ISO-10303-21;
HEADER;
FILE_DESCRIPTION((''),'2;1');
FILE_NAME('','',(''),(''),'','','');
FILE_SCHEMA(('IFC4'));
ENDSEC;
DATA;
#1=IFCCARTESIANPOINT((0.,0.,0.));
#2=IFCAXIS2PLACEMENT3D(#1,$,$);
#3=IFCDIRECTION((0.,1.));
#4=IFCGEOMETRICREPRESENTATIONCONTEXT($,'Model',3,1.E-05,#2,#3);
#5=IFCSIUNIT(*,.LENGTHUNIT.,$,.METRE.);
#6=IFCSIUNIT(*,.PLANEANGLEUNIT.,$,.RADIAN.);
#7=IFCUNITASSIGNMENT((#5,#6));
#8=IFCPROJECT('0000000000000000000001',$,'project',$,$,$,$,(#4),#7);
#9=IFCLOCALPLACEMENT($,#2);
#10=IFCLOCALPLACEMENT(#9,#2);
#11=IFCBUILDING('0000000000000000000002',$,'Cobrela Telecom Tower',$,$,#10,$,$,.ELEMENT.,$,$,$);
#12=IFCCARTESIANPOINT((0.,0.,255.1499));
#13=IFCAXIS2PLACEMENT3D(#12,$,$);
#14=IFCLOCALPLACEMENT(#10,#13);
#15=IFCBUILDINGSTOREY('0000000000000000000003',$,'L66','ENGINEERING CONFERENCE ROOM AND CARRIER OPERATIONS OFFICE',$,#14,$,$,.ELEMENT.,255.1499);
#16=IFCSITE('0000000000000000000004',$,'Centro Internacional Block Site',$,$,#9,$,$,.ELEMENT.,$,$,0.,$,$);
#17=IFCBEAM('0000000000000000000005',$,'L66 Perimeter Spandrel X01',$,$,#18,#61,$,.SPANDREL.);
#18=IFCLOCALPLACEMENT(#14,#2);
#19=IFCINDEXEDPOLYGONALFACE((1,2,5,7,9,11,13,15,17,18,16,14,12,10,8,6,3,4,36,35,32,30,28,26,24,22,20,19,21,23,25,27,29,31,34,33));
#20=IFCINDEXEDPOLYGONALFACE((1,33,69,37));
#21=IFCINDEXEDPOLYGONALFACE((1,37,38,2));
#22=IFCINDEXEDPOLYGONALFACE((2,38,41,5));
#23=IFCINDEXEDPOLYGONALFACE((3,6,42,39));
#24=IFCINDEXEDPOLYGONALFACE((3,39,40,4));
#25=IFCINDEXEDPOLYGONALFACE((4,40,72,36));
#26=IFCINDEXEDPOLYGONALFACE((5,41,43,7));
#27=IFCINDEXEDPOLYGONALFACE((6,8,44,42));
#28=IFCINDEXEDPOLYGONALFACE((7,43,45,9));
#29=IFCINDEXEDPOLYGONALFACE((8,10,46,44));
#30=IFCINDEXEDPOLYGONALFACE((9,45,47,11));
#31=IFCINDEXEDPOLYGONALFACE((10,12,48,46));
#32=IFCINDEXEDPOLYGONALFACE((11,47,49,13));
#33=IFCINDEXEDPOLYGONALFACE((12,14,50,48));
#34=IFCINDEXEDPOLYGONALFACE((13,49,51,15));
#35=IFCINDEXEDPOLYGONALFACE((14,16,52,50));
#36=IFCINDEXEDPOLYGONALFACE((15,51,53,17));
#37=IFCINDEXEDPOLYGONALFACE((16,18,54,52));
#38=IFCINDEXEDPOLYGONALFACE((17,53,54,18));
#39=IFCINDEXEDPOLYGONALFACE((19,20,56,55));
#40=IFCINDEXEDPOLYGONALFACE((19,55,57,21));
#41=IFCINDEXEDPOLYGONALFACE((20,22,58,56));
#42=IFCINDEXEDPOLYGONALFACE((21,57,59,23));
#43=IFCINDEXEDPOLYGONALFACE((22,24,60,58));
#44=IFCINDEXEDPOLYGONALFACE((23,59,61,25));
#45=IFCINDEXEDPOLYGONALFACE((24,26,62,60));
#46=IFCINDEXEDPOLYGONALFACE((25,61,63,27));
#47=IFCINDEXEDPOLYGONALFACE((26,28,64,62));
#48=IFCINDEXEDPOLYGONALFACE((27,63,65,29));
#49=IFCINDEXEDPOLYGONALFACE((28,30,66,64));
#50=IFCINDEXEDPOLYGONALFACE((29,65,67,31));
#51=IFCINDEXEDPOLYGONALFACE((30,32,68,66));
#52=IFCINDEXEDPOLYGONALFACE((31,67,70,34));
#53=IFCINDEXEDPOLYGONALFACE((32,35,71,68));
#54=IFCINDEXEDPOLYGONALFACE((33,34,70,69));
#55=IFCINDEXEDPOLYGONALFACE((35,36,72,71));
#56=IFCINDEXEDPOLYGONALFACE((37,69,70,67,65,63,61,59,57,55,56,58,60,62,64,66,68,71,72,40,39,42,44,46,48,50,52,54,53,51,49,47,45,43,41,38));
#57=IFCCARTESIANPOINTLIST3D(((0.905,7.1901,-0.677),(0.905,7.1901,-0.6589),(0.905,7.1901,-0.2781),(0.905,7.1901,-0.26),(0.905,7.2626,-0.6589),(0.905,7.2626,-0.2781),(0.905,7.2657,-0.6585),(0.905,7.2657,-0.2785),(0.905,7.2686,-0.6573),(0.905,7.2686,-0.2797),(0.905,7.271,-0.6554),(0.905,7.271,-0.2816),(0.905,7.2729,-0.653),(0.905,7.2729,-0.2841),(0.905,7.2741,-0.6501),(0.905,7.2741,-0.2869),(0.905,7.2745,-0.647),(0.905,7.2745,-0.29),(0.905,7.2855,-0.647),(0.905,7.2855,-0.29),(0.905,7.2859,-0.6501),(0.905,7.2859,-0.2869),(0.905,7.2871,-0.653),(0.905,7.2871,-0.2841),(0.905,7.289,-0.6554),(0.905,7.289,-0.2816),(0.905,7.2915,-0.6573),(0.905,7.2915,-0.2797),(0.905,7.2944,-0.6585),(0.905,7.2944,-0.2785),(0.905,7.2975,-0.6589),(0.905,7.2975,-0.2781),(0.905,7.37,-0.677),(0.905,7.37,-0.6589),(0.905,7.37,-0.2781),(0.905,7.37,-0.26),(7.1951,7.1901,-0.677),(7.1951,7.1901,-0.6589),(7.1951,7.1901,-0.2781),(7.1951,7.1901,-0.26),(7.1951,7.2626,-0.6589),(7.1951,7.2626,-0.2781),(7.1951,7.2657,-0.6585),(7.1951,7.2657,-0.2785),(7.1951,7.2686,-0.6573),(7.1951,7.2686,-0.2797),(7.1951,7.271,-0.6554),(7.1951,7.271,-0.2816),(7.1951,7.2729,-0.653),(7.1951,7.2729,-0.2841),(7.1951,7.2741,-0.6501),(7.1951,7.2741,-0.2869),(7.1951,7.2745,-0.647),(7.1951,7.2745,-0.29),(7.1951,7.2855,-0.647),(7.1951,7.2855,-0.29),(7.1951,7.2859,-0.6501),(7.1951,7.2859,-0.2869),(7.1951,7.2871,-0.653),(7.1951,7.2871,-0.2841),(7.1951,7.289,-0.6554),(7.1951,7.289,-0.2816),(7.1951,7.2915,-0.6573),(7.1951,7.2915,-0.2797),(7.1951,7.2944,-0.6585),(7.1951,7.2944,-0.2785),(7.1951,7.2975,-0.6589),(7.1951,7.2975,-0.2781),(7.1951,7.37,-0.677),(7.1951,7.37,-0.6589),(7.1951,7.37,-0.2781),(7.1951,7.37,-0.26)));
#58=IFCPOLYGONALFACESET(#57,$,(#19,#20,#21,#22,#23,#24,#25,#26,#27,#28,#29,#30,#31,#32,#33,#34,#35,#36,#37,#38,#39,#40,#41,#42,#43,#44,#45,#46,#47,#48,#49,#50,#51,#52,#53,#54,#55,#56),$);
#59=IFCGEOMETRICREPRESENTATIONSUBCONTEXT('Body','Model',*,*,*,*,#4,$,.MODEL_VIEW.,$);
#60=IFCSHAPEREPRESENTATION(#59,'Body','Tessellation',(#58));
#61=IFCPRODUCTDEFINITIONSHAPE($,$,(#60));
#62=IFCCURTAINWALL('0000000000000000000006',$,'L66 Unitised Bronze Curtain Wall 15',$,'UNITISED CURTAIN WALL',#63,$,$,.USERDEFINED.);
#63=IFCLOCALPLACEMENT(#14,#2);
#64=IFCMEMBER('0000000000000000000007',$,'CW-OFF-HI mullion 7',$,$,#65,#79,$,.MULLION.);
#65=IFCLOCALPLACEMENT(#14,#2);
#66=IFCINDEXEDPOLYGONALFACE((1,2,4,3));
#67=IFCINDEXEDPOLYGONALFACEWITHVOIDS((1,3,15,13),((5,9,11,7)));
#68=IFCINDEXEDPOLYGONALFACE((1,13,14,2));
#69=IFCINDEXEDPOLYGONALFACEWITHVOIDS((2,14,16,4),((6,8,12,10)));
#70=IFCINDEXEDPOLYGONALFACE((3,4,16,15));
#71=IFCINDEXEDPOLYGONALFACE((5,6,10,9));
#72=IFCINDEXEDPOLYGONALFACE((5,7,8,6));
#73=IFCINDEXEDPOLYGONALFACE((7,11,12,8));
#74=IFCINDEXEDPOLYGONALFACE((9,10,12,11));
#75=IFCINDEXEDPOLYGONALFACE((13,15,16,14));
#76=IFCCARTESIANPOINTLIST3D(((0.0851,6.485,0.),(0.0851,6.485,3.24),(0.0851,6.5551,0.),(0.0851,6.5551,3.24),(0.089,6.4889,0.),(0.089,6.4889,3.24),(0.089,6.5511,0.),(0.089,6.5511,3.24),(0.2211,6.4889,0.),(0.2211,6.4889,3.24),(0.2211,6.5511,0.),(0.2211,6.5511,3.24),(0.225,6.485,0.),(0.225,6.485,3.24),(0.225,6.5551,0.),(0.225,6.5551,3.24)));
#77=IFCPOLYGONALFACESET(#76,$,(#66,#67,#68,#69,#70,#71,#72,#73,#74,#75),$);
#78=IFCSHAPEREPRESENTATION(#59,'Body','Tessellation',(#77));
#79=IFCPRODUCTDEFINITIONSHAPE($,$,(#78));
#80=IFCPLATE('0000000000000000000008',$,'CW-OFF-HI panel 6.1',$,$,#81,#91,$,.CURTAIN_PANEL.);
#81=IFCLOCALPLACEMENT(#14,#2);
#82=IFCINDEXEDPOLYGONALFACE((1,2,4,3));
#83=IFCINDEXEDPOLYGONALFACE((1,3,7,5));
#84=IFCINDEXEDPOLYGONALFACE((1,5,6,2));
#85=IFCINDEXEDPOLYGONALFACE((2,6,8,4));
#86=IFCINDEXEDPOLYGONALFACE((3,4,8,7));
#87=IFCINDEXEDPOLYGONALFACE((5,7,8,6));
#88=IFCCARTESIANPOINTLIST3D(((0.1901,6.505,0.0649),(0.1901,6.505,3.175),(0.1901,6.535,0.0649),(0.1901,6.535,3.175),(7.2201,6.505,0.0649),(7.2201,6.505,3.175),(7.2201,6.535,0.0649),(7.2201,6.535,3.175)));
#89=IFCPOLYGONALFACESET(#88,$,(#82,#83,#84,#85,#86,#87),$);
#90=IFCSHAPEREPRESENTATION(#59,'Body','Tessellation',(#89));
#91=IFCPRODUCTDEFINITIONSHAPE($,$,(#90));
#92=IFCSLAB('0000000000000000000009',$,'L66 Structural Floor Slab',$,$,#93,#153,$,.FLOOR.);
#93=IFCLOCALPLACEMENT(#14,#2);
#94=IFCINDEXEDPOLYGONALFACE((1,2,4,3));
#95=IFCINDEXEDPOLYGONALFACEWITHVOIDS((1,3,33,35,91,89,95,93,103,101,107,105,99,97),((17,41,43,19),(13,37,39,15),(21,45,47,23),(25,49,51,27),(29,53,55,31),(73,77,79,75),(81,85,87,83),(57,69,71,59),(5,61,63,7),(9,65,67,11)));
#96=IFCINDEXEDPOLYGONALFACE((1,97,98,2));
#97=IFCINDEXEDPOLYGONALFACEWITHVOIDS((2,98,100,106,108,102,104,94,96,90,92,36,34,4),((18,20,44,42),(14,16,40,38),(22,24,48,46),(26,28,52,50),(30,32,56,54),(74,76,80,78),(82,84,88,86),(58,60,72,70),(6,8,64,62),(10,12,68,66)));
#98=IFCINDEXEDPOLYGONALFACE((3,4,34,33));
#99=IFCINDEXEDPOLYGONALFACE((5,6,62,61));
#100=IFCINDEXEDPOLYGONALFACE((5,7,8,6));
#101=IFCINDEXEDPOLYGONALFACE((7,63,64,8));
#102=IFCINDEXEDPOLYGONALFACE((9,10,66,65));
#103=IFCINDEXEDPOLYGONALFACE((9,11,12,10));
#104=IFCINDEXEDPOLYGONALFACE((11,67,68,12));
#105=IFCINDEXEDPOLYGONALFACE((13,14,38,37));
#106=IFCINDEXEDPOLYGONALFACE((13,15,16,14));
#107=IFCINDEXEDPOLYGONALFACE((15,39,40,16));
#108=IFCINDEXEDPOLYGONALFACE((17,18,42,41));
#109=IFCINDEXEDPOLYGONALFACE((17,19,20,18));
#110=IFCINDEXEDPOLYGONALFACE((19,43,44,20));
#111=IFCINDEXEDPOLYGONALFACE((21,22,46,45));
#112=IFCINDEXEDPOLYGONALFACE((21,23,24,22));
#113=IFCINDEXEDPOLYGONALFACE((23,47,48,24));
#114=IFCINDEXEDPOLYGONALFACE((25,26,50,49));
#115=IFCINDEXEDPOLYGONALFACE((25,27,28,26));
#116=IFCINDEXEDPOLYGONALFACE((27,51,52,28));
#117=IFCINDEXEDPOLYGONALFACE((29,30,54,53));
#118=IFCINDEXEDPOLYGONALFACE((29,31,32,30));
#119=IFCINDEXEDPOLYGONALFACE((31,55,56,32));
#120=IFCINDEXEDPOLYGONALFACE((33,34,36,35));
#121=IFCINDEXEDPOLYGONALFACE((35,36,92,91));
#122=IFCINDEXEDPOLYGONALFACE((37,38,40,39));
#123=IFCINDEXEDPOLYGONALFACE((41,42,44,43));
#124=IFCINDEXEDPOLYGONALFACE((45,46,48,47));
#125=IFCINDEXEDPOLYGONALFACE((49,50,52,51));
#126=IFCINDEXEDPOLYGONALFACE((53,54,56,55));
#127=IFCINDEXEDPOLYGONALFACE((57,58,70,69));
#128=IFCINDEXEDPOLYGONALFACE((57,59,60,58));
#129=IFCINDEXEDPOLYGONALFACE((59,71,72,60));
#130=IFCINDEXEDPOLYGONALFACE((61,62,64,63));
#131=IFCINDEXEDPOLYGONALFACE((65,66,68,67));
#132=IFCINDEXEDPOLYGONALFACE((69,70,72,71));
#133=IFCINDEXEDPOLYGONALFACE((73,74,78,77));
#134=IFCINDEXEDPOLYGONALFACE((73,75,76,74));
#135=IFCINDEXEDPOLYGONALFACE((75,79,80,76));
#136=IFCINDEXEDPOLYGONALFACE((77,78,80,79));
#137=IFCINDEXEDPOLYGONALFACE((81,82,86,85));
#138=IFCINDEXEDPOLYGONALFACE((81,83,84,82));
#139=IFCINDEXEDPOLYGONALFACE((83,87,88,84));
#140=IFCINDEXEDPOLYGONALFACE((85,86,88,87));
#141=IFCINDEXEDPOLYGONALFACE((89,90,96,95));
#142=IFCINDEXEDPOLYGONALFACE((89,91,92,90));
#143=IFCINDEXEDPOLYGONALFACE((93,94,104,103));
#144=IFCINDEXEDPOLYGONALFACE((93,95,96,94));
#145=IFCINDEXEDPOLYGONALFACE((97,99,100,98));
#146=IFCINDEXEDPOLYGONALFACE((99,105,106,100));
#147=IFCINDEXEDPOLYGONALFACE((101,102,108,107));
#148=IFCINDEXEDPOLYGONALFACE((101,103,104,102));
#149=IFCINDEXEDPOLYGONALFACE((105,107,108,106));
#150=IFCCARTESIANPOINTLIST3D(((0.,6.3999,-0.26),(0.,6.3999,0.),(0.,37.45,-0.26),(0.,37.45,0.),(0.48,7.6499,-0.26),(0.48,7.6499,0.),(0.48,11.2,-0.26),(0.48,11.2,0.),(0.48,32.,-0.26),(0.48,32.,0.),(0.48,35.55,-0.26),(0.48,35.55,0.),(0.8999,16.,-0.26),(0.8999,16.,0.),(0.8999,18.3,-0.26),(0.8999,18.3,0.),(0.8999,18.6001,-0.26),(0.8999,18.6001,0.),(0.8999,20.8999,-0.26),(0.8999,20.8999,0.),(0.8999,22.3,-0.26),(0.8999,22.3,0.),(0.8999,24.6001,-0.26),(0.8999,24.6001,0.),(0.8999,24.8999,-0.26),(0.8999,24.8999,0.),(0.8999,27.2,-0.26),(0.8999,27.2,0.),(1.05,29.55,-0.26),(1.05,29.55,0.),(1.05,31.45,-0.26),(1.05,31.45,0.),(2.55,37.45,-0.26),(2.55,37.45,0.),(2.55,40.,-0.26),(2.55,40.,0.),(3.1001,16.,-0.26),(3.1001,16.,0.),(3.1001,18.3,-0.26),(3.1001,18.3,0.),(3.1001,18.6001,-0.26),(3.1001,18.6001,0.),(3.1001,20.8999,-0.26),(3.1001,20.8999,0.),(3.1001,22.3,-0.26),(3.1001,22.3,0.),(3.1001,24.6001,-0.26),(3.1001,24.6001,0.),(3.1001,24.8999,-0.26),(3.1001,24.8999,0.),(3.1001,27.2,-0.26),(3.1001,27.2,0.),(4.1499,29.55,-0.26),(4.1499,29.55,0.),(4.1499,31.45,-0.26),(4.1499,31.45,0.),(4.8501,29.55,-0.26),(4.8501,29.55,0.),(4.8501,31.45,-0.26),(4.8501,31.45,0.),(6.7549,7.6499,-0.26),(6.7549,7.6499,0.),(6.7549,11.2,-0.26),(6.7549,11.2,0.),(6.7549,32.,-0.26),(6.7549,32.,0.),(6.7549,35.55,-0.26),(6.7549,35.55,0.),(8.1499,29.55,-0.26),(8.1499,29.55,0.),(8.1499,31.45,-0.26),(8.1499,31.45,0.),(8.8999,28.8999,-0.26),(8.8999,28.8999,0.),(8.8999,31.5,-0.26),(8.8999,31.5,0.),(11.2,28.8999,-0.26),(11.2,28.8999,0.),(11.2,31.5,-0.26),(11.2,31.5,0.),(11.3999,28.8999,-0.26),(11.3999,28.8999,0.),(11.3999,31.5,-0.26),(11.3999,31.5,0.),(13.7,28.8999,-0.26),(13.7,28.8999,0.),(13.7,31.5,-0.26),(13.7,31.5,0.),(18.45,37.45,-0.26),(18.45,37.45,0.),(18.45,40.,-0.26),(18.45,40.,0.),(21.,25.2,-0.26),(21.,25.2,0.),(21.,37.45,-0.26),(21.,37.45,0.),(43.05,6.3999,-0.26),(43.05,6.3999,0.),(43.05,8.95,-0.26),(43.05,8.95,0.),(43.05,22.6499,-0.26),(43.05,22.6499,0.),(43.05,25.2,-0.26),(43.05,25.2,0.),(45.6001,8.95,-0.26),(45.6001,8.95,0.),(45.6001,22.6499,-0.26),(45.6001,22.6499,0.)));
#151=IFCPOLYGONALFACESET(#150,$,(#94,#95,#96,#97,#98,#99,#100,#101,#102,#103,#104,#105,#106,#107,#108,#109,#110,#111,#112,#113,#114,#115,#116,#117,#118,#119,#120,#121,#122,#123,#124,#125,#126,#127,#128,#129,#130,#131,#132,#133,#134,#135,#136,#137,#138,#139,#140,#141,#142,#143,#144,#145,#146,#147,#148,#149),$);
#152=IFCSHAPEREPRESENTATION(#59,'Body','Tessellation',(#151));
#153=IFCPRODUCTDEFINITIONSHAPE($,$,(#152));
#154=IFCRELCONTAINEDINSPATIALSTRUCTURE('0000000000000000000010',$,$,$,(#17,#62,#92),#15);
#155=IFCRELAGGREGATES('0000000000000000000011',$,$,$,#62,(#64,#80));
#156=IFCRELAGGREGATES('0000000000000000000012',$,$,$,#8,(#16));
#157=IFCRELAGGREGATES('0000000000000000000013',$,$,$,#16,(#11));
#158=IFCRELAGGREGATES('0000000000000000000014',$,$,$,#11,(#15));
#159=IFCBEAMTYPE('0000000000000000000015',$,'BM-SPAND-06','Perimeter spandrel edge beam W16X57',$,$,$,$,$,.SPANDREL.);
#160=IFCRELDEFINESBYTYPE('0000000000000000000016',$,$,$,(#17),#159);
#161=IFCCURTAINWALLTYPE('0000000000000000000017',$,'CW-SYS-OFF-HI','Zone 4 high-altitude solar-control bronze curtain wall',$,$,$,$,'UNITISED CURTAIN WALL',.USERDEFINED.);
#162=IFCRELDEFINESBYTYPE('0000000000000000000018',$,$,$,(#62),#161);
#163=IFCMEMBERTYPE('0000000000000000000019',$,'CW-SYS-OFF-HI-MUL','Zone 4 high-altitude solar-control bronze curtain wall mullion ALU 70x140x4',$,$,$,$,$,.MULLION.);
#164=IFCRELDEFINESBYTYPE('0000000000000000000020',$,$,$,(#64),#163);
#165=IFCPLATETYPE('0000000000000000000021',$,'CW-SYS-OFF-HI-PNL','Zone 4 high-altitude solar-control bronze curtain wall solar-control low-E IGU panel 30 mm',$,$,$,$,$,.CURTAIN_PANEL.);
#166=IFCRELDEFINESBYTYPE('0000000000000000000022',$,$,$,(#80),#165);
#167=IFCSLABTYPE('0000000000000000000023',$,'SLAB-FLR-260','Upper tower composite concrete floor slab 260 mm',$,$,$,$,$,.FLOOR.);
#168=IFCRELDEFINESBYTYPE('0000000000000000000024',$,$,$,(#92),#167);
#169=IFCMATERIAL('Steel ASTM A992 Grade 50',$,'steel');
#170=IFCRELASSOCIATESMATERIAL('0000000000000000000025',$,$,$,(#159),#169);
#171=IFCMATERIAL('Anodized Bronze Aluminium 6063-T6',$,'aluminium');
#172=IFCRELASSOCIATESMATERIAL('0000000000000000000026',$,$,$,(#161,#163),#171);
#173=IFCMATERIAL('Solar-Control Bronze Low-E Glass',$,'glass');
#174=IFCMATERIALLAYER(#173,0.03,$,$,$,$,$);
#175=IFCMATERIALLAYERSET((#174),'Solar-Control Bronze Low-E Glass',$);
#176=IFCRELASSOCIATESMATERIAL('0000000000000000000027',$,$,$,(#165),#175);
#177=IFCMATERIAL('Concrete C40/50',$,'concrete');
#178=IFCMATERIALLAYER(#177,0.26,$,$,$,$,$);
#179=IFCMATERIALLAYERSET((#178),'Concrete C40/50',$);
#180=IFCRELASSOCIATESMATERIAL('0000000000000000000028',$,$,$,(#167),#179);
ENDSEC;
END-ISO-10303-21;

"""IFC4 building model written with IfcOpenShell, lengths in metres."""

from ifc_helpers import new_model, si_unit, direction, frame, origin, origin_2d, place, context, subcontext, project, spatial, polyline, rectangle, hollow_rectangle, i_section, outline, extrude, material, layer, layer_set, material_profile, profile_set, type_object, element, aggregate, save


model = new_model("IFC4")

# Units and contexts
model_context = context("Model", 3, precision=1e-05, world=origin(), true_north=direction((0.0, 1.0)))
body_context = subcontext(model_context, "Body", "Model", "MODEL_VIEW")
ifc_project = project(units=[si_unit("LENGTHUNIT", "METRE"), si_unit("PLANEANGLEUNIT", "RADIAN")], contexts=[model_context])

# Site, building, storey
site_placement = place(None, origin())
site = spatial("IfcSite", under=ifc_project, at=site_placement, Name="Centro Internacional Block Site", CompositionType="ELEMENT", RefElevation=0.0)
building_placement = place(site_placement, origin())
building = spatial("IfcBuilding", under=site, at=building_placement, Name="Cobrela Telecom Tower", CompositionType="ELEMENT")
storey_placement = place(building_placement, frame((0.0, 0.0, 255.1499)))
storey = spatial("IfcBuildingStorey", under=building, at=storey_placement, Name="L66", Description="ENGINEERING CONFERENCE ROOM AND CARRIER OPERATIONS OFFICE", CompositionType="ELEMENT", Elevation=255.1499)

# Beam
ifc_material_1 = material(Name="Steel ASTM A992 Grade 50", Category="steel")
ifc_material_profile_1 = material_profile(ifc_material_1, i_section(OverallWidth=0.1799, OverallDepth=0.417, WebThickness=0.011, FlangeThickness=0.0181, FilletRadius=0.012, at=origin_2d()), Name="W16X57")
ifc_profile_set_1 = profile_set([ifc_material_profile_1], Name="Steel ASTM A992 Grade 50")
beam_type = type_object("IfcBeamType", Name="BM-SPAND-06", Description="Perimeter spandrel edge beam W16X57", PredefinedType="SPANDREL", material=ifc_profile_set_1)
beam_placement = place(storey_placement, frame((0.905, 7.28, -0.4685), z_axis=(1.0, 0.0, 0.0), x_axis=(0.0, 1.0, 0.0)))
element("IfcBeam", 1, at=beam_placement, inside=storey, type_object=beam_type, Name="L66 Perimeter Spandrel X01", PredefinedType="SPANDREL", context=body_context, shape_type="SweptSolid", body=[
    extrude(i_section(OverallWidth=0.1799, OverallDepth=0.417, WebThickness=0.011, FlangeThickness=0.0181, FilletRadius=0.012, at=origin_2d()), origin(), (0.0, 0.0, 1.0), 6.29),
])

# Curtain wall, member, plate
ifc_material_2 = material(Name="Anodized Bronze Aluminium 6063-T6", Category="aluminium")
curtain_wall_type = type_object("IfcCurtainWallType", Name="CW-SYS-OFF-HI", Description="Zone 4 high-altitude solar-control bronze curtain wall", ElementType="UNITISED CURTAIN WALL", PredefinedType="USERDEFINED", material=ifc_material_2)
curtain_wall_placement = place(storey_placement, origin())
curtain_wall = element("IfcCurtainWall", 2, at=curtain_wall_placement, inside=storey, type_object=curtain_wall_type, Name="L66 Unitised Bronze Curtain Wall 15", ObjectType="UNITISED CURTAIN WALL", PredefinedType="USERDEFINED")
ifc_material_profile_2 = material_profile(ifc_material_2, hollow_rectangle(XDim=0.0701, YDim=0.1399, WallThickness=0.0039, at=origin_2d()), Name="ALU 70x140x4")
ifc_profile_set_2 = profile_set([ifc_material_profile_2], Name="Anodized Bronze Aluminium 6063-T6")
member_type = type_object("IfcMemberType", Name="CW-SYS-OFF-HI-MUL", Description="Zone 4 high-altitude solar-control bronze curtain wall mullion ALU 70x140x4", PredefinedType="MULLION", material=ifc_profile_set_2)
member_placement = place(storey_placement, frame((0.155, 6.52, 0.0), z_axis=(0.0, 0.0, 1.0), x_axis=(0.0, -1.0, 0.0)))
member = element("IfcMember", 3, at=member_placement, type_object=member_type, Name="CW-OFF-HI mullion 7", PredefinedType="MULLION", context=body_context, shape_type="SweptSolid", body=[
    extrude(hollow_rectangle(XDim=0.0701, YDim=0.1399, WallThickness=0.0039, at=origin_2d()), origin(), (0.0, 0.0, 1.0), 3.24),
])
ifc_material_3 = material(Name="Solar-Control Bronze Low-E Glass", Category="glass")
ifc_layer_1 = layer(ifc_material_3, 0.03)
ifc_layer_set_1 = layer_set([ifc_layer_1], Name="Solar-Control Bronze Low-E Glass")
plate_type = type_object("IfcPlateType", Name="CW-SYS-OFF-HI-PNL", Description="Zone 4 high-altitude solar-control bronze curtain wall solar-control low-E IGU panel 30 mm", PredefinedType="CURTAIN_PANEL", material=ifc_layer_set_1)
plate_placement = place(storey_placement, frame((3.7051, 6.52, 0.0649), z_axis=(0.0, 0.0, 1.0), x_axis=(-1.0, 0.0, 0.0)))
plate = element("IfcPlate", 4, at=plate_placement, type_object=plate_type, Name="CW-OFF-HI panel 6.1", PredefinedType="CURTAIN_PANEL", context=body_context, shape_type="SweptSolid", body=[
    extrude(rectangle(XDim=7.03, YDim=0.03, at=origin_2d()), origin(), (0.0, 0.0, 1.0), 3.1101),
])
aggregate(curtain_wall, [member, plate])

# Slab, openings
ifc_material_4 = material(Name="Concrete C40/50", Category="concrete")
ifc_layer_2 = layer(ifc_material_4, 0.26)
ifc_layer_set_2 = layer_set([ifc_layer_2], Name="Concrete C40/50")
slab_type_1 = type_object("IfcSlabType", Name="SLAB-FLR-260", Description="Upper tower composite concrete floor slab 260 mm", PredefinedType="FLOOR", material=ifc_layer_set_2)
slab_1_placement = place(storey_placement, frame((0.0, 0.0, -0.26)))
slab_1 = element("IfcSlab", 5, at=slab_1_placement, inside=storey, type_object=slab_type_1, Name="L66 Structural Floor Slab", PredefinedType="FLOOR", context=body_context, shape_type="SweptSolid", body=[
    extrude(outline(polyline([(0.0, 6.3999), (43.05, 6.3999), (43.05, 8.95), (45.6001, 8.95), (45.6001, 22.6499), (43.05, 22.6499), (43.05, 25.2), (21.0, 25.2), (21.0, 37.45), (18.45, 37.45), (18.45, 40.0), (2.55, 40.0), (2.55, 37.45), (0.0, 37.45), (0.0, 6.3999)])), origin(), (0.0, 0.0, 1.0), 0.26),
])
opening_1_placement = place(slab_1_placement, frame((0.0, 0.0, -0.02)))
element("IfcOpeningElement", 6, at=opening_1_placement, cuts=slab_1, PredefinedType="OPENING", context=body_context, shape_type="SweptSolid", body=[
    extrude(outline(polyline([(8.8999, 28.8999), (11.2, 28.8999), (11.2, 31.5), (8.8999, 31.5), (8.8999, 28.8999)])), origin(), (0.0, 0.0, 1.0), 0.3),
])
opening_2_placement = place(slab_1_placement, frame((0.0, 0.0, -0.02)))
element("IfcOpeningElement", 7, at=opening_2_placement, cuts=slab_1, PredefinedType="OPENING", context=body_context, shape_type="SweptSolid", body=[
    extrude(outline(polyline([(11.3999, 28.8999), (13.7, 28.8999), (13.7, 31.5), (11.3999, 31.5), (11.3999, 28.8999)])), origin(), (0.0, 0.0, 1.0), 0.3),
])
opening_3_placement = place(slab_1_placement, frame((0.0, 0.0, -0.02)))
element("IfcOpeningElement", 8, at=opening_3_placement, cuts=slab_1, PredefinedType="OPENING", context=body_context, shape_type="SweptSolid", body=[
    extrude(outline(polyline([(0.8999, 16.0), (3.1001, 16.0), (3.1001, 18.3), (0.8999, 18.3), (0.8999, 16.0)])), origin(), (0.0, 0.0, 1.0), 0.3),
])
opening_4_placement = place(slab_1_placement, frame((0.0, 0.0, -0.02)))
element("IfcOpeningElement", 9, at=opening_4_placement, cuts=slab_1, PredefinedType="OPENING", context=body_context, shape_type="SweptSolid", body=[
    extrude(outline(polyline([(0.8999, 18.6001), (3.1001, 18.6001), (3.1001, 20.8999), (0.8999, 20.8999), (0.8999, 18.6001)])), origin(), (0.0, 0.0, 1.0), 0.3),
])
opening_5_placement = place(slab_1_placement, frame((0.0, 0.0, -0.02)))
element("IfcOpeningElement", 10, at=opening_5_placement, cuts=slab_1, PredefinedType="OPENING", context=body_context, shape_type="SweptSolid", body=[
    extrude(outline(polyline([(0.8999, 22.3), (3.1001, 22.3), (3.1001, 24.6001), (0.8999, 24.6001), (0.8999, 22.3)])), origin(), (0.0, 0.0, 1.0), 0.3),
])
opening_6_placement = place(slab_1_placement, frame((0.0, 0.0, -0.02)))
element("IfcOpeningElement", 11, at=opening_6_placement, cuts=slab_1, PredefinedType="OPENING", context=body_context, shape_type="SweptSolid", body=[
    extrude(outline(polyline([(0.8999, 24.8999), (3.1001, 24.8999), (3.1001, 27.2), (0.8999, 27.2), (0.8999, 24.8999)])), origin(), (0.0, 0.0, 1.0), 0.3),
])
opening_7_placement = place(slab_1_placement, frame((0.0, 0.0, -0.02)))
element("IfcOpeningElement", 12, at=opening_7_placement, cuts=slab_1, PredefinedType="OPENING", context=body_context, shape_type="SweptSolid", body=[
    extrude(outline(polyline([(1.05, 29.55), (4.1499, 29.55), (4.1499, 31.45), (1.05, 31.45), (1.05, 29.55)])), origin(), (0.0, 0.0, 1.0), 0.3),
])
opening_8_placement = place(slab_1_placement, frame((0.0, 0.0, -0.02)))
element("IfcOpeningElement", 13, at=opening_8_placement, cuts=slab_1, PredefinedType="OPENING", context=body_context, shape_type="SweptSolid", body=[
    extrude(outline(polyline([(4.8501, 29.55), (8.1499, 29.55), (8.1499, 31.45), (4.8501, 31.45), (4.8501, 29.55)])), origin(), (0.0, 0.0, 1.0), 0.3),
])
opening_9_placement = place(slab_1_placement, frame((0.0, 0.0, -0.02)))
element("IfcOpeningElement", 14, at=opening_9_placement, cuts=slab_1, PredefinedType="OPENING", context=body_context, shape_type="SweptSolid", body=[
    extrude(outline(polyline([(6.7549, 35.55), (0.48, 35.55), (0.48, 32.0), (6.7549, 32.0), (6.7549, 35.55)])), origin(), (0.0, 0.0, 1.0), 0.3),
])
opening_10_placement = place(slab_1_placement, frame((0.0, 0.0, -0.02)))
element("IfcOpeningElement", 15, at=opening_10_placement, cuts=slab_1, PredefinedType="OPENING", context=body_context, shape_type="SweptSolid", body=[
    extrude(outline(polyline([(6.7549, 11.2), (0.48, 11.2), (0.48, 7.6499), (6.7549, 7.6499), (6.7549, 11.2)])), origin(), (0.0, 0.0, 1.0), 0.3),
])

save(model, "model.ifc")
